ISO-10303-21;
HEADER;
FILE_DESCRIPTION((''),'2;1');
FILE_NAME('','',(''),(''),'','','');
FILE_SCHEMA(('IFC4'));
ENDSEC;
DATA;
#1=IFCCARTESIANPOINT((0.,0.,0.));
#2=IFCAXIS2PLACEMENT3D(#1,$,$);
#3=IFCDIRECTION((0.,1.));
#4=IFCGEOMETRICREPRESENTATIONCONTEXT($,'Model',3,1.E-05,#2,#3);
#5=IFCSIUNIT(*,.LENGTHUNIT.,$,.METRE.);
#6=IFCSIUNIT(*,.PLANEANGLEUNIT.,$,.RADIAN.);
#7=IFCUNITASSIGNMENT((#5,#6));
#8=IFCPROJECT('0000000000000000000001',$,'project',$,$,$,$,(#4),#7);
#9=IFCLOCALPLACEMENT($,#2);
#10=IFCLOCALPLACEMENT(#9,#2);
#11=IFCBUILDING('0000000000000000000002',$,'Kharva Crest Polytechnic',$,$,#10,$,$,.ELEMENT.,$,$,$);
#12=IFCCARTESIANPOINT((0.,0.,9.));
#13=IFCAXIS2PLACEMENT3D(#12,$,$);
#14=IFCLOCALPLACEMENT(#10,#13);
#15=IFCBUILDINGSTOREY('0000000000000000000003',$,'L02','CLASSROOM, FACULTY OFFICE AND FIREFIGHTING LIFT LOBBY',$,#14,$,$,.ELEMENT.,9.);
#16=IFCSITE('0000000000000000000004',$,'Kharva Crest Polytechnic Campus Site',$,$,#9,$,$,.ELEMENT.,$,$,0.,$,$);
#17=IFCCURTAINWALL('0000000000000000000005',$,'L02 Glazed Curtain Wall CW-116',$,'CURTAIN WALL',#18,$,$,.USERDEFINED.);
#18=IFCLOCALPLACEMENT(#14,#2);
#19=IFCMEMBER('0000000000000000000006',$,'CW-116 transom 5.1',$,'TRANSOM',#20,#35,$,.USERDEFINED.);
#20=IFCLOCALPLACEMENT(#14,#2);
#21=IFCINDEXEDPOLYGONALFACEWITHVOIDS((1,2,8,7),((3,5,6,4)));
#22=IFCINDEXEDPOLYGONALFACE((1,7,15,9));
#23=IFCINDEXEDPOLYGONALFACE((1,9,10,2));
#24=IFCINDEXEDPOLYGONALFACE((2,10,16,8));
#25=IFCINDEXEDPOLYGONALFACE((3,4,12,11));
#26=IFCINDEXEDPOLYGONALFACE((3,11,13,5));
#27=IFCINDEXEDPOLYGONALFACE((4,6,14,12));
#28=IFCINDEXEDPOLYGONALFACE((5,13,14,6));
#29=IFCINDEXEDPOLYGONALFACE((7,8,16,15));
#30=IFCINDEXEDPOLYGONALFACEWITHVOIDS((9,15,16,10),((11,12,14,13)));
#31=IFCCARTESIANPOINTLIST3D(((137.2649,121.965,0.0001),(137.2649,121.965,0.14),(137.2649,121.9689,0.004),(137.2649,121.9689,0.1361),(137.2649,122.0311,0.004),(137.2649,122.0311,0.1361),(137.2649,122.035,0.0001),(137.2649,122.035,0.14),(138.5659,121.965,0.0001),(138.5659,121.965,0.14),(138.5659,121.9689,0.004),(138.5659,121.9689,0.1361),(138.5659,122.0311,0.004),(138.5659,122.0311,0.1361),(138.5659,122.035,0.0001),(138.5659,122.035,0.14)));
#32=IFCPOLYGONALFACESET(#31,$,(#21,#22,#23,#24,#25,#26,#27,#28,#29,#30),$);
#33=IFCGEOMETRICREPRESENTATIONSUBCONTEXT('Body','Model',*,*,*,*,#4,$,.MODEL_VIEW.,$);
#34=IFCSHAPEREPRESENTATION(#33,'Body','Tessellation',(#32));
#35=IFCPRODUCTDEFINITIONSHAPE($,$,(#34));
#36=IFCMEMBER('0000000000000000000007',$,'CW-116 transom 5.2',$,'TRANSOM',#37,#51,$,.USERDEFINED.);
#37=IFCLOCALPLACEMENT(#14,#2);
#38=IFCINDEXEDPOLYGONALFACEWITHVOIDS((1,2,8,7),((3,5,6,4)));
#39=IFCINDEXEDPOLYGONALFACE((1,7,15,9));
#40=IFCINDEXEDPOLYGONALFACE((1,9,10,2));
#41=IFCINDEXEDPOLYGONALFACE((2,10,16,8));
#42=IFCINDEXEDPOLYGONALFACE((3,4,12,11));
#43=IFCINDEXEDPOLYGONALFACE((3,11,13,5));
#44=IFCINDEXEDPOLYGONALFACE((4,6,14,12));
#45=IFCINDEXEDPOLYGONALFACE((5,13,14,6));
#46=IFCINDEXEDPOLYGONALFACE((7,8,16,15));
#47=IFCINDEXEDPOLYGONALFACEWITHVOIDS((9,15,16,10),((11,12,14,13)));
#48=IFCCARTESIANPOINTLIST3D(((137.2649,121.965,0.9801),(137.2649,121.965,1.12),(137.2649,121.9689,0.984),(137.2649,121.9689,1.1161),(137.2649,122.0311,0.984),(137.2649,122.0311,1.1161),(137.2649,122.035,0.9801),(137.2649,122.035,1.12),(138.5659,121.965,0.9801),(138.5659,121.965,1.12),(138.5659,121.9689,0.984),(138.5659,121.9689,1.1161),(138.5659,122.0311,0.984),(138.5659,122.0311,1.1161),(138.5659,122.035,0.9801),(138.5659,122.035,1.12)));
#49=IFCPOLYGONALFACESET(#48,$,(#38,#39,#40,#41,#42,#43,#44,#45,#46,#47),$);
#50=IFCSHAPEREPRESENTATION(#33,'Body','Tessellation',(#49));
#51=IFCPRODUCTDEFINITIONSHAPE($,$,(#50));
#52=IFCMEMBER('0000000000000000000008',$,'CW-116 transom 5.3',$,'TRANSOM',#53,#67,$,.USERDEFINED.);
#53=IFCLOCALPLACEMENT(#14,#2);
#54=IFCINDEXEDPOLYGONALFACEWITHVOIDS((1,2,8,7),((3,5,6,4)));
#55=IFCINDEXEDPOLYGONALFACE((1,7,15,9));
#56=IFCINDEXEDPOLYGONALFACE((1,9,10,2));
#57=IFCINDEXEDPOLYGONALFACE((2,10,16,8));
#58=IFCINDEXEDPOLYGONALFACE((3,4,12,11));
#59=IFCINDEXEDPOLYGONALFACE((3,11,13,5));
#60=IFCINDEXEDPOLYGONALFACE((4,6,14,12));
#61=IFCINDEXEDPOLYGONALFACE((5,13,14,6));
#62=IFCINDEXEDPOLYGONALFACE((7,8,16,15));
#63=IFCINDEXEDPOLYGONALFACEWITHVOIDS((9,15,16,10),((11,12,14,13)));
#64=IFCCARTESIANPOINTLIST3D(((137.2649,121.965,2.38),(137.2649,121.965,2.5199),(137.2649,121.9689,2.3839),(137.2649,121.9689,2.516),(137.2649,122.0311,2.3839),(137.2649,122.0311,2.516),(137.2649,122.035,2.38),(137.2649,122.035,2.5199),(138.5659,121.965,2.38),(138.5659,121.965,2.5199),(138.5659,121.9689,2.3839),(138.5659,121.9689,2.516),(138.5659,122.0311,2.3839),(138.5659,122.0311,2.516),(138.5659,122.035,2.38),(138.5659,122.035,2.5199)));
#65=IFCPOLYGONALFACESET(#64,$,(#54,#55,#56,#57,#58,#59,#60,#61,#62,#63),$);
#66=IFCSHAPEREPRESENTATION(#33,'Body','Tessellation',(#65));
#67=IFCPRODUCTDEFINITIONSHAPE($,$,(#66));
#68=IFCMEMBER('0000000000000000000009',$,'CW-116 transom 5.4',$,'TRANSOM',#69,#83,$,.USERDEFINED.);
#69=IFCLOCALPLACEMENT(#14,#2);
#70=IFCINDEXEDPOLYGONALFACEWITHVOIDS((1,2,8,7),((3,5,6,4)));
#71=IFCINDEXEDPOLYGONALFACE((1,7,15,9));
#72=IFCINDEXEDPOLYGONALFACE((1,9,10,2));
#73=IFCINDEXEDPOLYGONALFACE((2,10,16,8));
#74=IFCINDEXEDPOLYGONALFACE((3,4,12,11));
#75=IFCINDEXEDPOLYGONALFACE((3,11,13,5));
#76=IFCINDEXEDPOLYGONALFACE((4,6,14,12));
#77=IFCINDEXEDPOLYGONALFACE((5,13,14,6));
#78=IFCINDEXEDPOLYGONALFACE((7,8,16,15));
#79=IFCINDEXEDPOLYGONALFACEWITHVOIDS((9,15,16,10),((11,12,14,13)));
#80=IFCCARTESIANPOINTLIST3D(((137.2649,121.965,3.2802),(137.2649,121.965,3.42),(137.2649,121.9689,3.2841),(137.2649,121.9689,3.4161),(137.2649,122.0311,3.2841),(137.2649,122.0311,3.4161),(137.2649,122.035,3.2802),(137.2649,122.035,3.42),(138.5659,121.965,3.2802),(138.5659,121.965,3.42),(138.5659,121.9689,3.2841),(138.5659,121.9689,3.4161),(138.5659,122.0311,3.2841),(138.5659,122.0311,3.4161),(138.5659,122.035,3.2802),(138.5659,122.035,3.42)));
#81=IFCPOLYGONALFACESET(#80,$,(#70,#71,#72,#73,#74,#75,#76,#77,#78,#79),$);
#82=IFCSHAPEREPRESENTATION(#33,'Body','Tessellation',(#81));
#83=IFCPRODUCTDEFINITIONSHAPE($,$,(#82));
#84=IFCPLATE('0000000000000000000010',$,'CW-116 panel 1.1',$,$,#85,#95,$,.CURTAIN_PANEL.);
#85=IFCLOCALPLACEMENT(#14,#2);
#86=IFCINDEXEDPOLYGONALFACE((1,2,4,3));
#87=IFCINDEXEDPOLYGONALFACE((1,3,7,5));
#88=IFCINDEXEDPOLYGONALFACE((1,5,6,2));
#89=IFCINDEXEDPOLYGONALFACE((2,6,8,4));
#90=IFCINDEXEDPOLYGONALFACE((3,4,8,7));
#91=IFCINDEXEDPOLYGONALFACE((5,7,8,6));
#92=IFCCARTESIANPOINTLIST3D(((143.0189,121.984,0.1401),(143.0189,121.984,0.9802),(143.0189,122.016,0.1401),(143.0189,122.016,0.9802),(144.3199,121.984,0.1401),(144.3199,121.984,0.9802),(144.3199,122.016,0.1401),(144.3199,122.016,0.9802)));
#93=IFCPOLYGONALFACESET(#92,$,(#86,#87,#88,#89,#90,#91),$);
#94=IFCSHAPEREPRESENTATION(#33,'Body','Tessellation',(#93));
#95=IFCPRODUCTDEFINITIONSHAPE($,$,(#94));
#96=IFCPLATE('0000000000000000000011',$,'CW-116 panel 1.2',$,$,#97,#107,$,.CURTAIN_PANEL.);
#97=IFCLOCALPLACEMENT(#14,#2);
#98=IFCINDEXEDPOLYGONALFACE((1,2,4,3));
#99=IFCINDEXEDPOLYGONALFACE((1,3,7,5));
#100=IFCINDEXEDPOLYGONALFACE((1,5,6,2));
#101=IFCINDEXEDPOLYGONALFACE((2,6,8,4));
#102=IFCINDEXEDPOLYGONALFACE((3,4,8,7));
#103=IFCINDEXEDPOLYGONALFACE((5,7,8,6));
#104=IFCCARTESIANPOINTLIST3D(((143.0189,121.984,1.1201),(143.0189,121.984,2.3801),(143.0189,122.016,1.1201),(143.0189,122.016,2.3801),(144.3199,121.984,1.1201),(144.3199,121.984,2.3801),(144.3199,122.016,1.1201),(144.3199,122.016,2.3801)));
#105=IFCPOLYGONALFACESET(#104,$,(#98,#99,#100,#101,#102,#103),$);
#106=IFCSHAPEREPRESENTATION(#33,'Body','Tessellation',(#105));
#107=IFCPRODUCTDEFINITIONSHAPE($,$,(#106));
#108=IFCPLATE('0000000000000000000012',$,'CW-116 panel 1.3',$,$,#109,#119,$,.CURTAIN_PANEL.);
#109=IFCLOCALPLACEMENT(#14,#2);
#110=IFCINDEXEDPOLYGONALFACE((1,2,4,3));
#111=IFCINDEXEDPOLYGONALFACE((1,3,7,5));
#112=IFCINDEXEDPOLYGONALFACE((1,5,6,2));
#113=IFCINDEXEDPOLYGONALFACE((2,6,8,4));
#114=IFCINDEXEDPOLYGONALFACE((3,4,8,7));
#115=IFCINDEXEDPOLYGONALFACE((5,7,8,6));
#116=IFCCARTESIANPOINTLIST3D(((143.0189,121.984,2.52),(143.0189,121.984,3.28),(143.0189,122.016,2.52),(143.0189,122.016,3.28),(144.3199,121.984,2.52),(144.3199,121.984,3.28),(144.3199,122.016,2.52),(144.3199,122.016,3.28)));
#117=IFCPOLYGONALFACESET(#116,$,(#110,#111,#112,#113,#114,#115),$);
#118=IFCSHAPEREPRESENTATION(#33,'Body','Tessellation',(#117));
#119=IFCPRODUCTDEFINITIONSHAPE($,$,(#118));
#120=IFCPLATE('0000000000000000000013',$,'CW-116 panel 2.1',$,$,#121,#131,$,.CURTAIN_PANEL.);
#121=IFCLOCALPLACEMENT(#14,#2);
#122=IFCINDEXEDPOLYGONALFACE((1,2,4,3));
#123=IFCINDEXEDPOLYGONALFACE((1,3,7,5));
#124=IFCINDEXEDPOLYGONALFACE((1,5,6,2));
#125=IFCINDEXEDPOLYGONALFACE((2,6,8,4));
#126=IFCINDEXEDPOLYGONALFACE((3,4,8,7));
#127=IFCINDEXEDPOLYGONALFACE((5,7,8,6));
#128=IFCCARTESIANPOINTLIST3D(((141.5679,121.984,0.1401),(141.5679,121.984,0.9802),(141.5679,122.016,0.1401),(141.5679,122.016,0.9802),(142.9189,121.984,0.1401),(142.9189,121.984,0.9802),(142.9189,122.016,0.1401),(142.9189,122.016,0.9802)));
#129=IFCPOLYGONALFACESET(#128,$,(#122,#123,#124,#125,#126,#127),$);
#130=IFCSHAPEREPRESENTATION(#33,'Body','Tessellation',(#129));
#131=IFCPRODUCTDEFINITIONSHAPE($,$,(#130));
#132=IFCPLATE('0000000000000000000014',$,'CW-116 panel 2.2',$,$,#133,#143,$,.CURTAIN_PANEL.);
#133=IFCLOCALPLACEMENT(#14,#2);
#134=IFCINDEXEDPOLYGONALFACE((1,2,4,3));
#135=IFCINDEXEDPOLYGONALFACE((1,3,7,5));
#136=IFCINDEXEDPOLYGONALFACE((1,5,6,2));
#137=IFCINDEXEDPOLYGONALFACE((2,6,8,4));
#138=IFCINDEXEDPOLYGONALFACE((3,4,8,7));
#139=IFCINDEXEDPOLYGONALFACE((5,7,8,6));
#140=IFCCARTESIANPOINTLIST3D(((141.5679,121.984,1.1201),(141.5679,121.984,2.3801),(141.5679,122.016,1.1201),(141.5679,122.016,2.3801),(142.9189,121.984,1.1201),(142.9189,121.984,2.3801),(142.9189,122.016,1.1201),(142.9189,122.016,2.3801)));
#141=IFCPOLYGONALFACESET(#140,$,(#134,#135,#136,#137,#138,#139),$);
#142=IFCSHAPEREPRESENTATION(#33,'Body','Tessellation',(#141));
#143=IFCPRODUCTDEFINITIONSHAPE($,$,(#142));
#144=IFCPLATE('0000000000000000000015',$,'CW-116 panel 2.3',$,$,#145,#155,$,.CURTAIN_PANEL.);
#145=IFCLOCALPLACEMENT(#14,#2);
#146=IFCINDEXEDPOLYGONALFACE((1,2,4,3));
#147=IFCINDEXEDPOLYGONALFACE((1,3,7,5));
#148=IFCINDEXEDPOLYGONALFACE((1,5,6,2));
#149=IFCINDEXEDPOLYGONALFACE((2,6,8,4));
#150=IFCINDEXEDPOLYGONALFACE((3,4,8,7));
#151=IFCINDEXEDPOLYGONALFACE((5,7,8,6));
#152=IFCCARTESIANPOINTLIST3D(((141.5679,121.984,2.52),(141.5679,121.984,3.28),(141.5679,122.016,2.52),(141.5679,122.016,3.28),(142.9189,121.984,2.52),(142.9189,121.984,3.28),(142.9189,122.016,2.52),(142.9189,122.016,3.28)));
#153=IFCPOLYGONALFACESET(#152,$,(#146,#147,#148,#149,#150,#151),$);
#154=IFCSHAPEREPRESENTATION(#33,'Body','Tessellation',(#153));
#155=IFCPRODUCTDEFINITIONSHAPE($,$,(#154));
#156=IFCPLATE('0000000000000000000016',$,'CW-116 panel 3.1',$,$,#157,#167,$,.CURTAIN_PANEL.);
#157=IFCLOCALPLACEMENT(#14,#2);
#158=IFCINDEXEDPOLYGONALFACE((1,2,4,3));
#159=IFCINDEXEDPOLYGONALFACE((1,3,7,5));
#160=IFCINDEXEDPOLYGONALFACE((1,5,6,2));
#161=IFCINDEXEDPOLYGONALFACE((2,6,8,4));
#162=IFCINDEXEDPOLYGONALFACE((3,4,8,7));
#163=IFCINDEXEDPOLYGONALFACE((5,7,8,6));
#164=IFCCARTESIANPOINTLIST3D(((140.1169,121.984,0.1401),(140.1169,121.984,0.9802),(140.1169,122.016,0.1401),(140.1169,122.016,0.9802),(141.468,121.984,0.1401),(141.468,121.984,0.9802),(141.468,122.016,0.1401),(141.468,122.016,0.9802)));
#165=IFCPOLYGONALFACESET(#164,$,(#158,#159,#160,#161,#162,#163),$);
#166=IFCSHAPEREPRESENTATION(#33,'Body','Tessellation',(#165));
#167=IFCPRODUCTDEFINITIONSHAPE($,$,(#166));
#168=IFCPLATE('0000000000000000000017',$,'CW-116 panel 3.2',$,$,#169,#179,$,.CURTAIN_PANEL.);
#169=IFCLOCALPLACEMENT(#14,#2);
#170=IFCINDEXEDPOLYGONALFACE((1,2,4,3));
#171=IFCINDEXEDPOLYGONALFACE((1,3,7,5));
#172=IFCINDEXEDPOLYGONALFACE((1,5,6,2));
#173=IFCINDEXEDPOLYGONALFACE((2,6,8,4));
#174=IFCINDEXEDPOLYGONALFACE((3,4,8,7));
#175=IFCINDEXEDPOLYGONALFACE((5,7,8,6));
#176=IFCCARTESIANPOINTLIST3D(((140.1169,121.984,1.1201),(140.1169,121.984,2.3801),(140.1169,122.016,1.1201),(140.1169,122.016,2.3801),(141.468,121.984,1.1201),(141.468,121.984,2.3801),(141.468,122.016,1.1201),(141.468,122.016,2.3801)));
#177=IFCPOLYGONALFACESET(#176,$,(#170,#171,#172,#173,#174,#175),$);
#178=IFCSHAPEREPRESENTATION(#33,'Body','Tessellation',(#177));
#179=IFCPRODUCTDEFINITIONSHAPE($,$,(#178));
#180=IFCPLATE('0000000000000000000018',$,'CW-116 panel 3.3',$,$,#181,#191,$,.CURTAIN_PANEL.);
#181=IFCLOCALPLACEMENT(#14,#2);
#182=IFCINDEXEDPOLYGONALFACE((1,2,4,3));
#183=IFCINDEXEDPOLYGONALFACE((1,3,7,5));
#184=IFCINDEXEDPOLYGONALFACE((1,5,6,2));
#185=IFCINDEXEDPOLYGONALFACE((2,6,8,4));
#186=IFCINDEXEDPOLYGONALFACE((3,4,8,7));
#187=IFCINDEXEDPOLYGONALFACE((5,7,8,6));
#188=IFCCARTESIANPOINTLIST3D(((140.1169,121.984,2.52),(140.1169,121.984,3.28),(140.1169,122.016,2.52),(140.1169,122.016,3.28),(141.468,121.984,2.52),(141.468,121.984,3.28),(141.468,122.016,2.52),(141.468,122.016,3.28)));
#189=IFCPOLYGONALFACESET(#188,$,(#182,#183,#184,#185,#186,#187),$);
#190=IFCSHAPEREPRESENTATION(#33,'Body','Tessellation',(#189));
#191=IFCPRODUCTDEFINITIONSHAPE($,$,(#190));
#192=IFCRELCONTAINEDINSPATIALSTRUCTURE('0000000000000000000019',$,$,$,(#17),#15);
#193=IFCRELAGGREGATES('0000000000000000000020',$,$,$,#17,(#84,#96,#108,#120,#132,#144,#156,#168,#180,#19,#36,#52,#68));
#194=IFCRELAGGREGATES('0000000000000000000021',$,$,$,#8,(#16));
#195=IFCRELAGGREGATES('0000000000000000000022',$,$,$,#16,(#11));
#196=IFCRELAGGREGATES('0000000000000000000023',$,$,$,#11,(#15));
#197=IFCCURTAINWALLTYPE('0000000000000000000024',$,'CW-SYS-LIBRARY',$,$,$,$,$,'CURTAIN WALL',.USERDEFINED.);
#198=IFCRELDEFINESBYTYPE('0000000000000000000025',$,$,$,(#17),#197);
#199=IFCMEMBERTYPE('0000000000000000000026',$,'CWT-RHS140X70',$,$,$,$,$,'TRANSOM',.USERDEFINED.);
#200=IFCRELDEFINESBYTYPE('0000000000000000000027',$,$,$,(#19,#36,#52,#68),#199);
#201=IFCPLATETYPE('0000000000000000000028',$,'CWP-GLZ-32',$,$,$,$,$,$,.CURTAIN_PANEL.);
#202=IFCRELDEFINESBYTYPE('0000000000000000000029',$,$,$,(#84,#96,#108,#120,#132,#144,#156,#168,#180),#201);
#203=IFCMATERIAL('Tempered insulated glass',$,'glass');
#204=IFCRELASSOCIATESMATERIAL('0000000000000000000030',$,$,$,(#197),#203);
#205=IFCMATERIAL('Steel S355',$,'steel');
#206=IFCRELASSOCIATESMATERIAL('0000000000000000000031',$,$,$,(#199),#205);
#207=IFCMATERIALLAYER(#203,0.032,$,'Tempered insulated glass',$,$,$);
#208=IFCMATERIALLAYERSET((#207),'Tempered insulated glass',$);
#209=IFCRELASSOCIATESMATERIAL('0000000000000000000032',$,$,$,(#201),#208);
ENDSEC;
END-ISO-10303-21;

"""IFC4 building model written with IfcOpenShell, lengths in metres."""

from ifc_helpers import new_model, si_unit, direction, frame, origin, origin_2d, place, context, subcontext, project, spatial, rectangle, hollow_rectangle, extrude, material, layer, layer_set, material_profile, profile_set, type_object, element, aggregate, save


model = new_model("IFC4")

# Units and contexts
model_context = context("Model", 3, precision=1e-05, world=origin(), true_north=direction((0.0, 1.0)))
body_context = subcontext(model_context, "Body", "Model", "MODEL_VIEW")
ifc_project = project(units=[si_unit("LENGTHUNIT", "METRE"), si_unit("PLANEANGLEUNIT", "RADIAN")], contexts=[model_context])

# Site, building, storey
site_placement = place(None, origin())
site = spatial("IfcSite", under=ifc_project, at=site_placement, Name="Kharva Crest Polytechnic Campus Site", CompositionType="ELEMENT", RefElevation=0.0)
building_placement = place(site_placement, origin())
building = spatial("IfcBuilding", under=site, at=building_placement, Name="Kharva Crest Polytechnic", CompositionType="ELEMENT")
storey_placement = place(building_placement, frame((0.0, 0.0, 9.0)))
storey = spatial("IfcBuildingStorey", under=building, at=storey_placement, Name="L02", Description="CLASSROOM, FACULTY OFFICE AND FIREFIGHTING LIFT LOBBY", CompositionType="ELEMENT", Elevation=9.0)

# Curtain wall, members, plates
ifc_material_1 = material(Name="Tempered insulated glass", Category="glass")
curtain_wall_type = type_object("IfcCurtainWallType", Name="CW-SYS-LIBRARY", ElementType="CURTAIN WALL", PredefinedType="USERDEFINED", material=ifc_material_1)
curtain_wall_placement = place(storey_placement, origin())
curtain_wall = element("IfcCurtainWall", 1, at=curtain_wall_placement, inside=storey, type_object=curtain_wall_type, Name="L02 Glazed Curtain Wall CW-116", ObjectType="CURTAIN WALL", PredefinedType="USERDEFINED")
ifc_material_2 = material(Name="Steel S355", Category="steel")
ifc_material_profile_1 = material_profile(ifc_material_2, hollow_rectangle(XDim=0.0701, YDim=0.1399, WallThickness=0.0039, at=origin_2d()), Name="RHS 140X70X4.0")
ifc_profile_set_1 = profile_set([ifc_material_profile_1], Name="Steel S355")
member_type_1 = type_object("IfcMemberType", Name="CWT-RHS140X70", ElementType="TRANSOM", PredefinedType="USERDEFINED", material=ifc_profile_set_1)
member_1_placement = place(storey_placement, frame((138.5659, 122.0, 0.0701), z_axis=(-1.0, 0.0, 0.0), x_axis=(0.0, -1.0, 0.0)))
member_1 = element("IfcMember", 2, at=member_1_placement, type_object=member_type_1, Name="CW-116 transom 5.1", ObjectType="TRANSOM", PredefinedType="USERDEFINED", context=body_context, shape_type="SweptSolid", body=[
    extrude(hollow_rectangle(XDim=0.0701, YDim=0.1399, WallThickness=0.0039, at=origin_2d()), origin(), (0.0, 0.0, 1.0), 1.301),
])
member_2_placement = place(storey_placement, frame((138.5659, 122.0, 1.05), z_axis=(-1.0, 0.0, 0.0), x_axis=(0.0, -1.0, 0.0)))
member_2 = element("IfcMember", 3, at=member_2_placement, type_object=member_type_1, Name="CW-116 transom 5.2", ObjectType="TRANSOM", PredefinedType="USERDEFINED", context=body_context, shape_type="SweptSolid", body=[
    extrude(hollow_rectangle(XDim=0.0701, YDim=0.1399, WallThickness=0.0039, at=origin_2d()), origin(), (0.0, 0.0, 1.0), 1.301),
])
member_3_placement = place(storey_placement, frame((138.5659, 122.0, 2.45), z_axis=(-1.0, 0.0, 0.0), x_axis=(0.0, -1.0, 0.0)))
member_3 = element("IfcMember", 4, at=member_3_placement, type_object=member_type_1, Name="CW-116 transom 5.3", ObjectType="TRANSOM", PredefinedType="USERDEFINED", context=body_context, shape_type="SweptSolid", body=[
    extrude(hollow_rectangle(XDim=0.0701, YDim=0.1399, WallThickness=0.0039, at=origin_2d()), origin(), (0.0, 0.0, 1.0), 1.301),
])
member_4_placement = place(storey_placement, frame((138.5659, 122.0, 3.3501), z_axis=(-1.0, 0.0, 0.0), x_axis=(0.0, -1.0, 0.0)))
member_4 = element("IfcMember", 5, at=member_4_placement, type_object=member_type_1, Name="CW-116 transom 5.4", ObjectType="TRANSOM", PredefinedType="USERDEFINED", context=body_context, shape_type="SweptSolid", body=[
    extrude(hollow_rectangle(XDim=0.0701, YDim=0.1399, WallThickness=0.0039, at=origin_2d()), origin(), (0.0, 0.0, 1.0), 1.301),
])
ifc_layer = layer(ifc_material_1, 0.032, Name="Tempered insulated glass")
ifc_layer_set = layer_set([ifc_layer], Name="Tempered insulated glass")
plate_type = type_object("IfcPlateType", Name="CWP-GLZ-32", PredefinedType="CURTAIN_PANEL", material=ifc_layer_set)
plate_1_placement = place(storey_placement, frame((143.6694, 122.0, 0.1401), z_axis=(0.0, 0.0, 1.0), x_axis=(-1.0, 0.0, 0.0)))
plate_1 = element("IfcPlate", 6, at=plate_1_placement, type_object=plate_type, Name="CW-116 panel 1.1", PredefinedType="CURTAIN_PANEL", context=body_context, shape_type="SweptSolid", body=[
    extrude(rectangle(XDim=1.301, YDim=0.032, at=origin_2d()), origin(), (0.0, 0.0, 1.0), 0.8401),
])
plate_2_placement = place(storey_placement, frame((143.6694, 122.0, 1.1201), z_axis=(0.0, 0.0, 1.0), x_axis=(-1.0, 0.0, 0.0)))
plate_2 = element("IfcPlate", 7, at=plate_2_placement, type_object=plate_type, Name="CW-116 panel 1.2", PredefinedType="CURTAIN_PANEL", context=body_context, shape_type="SweptSolid", body=[
    extrude(rectangle(XDim=1.301, YDim=0.032, at=origin_2d()), origin(), (0.0, 0.0, 1.0), 1.26),
])
plate_3_placement = place(storey_placement, frame((143.6694, 122.0, 2.52), z_axis=(0.0, 0.0, 1.0), x_axis=(-1.0, 0.0, 0.0)))
plate_3 = element("IfcPlate", 8, at=plate_3_placement, type_object=plate_type, Name="CW-116 panel 1.3", PredefinedType="CURTAIN_PANEL", context=body_context, shape_type="SweptSolid", body=[
    extrude(rectangle(XDim=1.301, YDim=0.032, at=origin_2d()), origin(), (0.0, 0.0, 1.0), 0.76),
])
plate_4_placement = place(storey_placement, frame((142.2434, 122.0, 0.1401), z_axis=(0.0, 0.0, 1.0), x_axis=(-1.0, 0.0, 0.0)))
plate_4 = element("IfcPlate", 9, at=plate_4_placement, type_object=plate_type, Name="CW-116 panel 2.1", PredefinedType="CURTAIN_PANEL", context=body_context, shape_type="SweptSolid", body=[
    extrude(rectangle(XDim=1.3511, YDim=0.032, at=origin_2d()), origin(), (0.0, 0.0, 1.0), 0.8401),
])
plate_5_placement = place(storey_placement, frame((142.2434, 122.0, 1.1201), z_axis=(0.0, 0.0, 1.0), x_axis=(-1.0, 0.0, 0.0)))
plate_5 = element("IfcPlate", 10, at=plate_5_placement, type_object=plate_type, Name="CW-116 panel 2.2", PredefinedType="CURTAIN_PANEL", context=body_context, shape_type="SweptSolid", body=[
    extrude(rectangle(XDim=1.3511, YDim=0.032, at=origin_2d()), origin(), (0.0, 0.0, 1.0), 1.26),
])
plate_6_placement = place(storey_placement, frame((142.2434, 122.0, 2.52), z_axis=(0.0, 0.0, 1.0), x_axis=(-1.0, 0.0, 0.0)))
plate_6 = element("IfcPlate", 11, at=plate_6_placement, type_object=plate_type, Name="CW-116 panel 2.3", PredefinedType="CURTAIN_PANEL", context=body_context, shape_type="SweptSolid", body=[
    extrude(rectangle(XDim=1.3511, YDim=0.032, at=origin_2d()), origin(), (0.0, 0.0, 1.0), 0.76),
])
plate_7_placement = place(storey_placement, frame((140.7925, 122.0, 0.1401), z_axis=(0.0, 0.0, 1.0), x_axis=(-1.0, 0.0, 0.0)))
plate_7 = element("IfcPlate", 12, at=plate_7_placement, type_object=plate_type, Name="CW-116 panel 3.1", PredefinedType="CURTAIN_PANEL", context=body_context, shape_type="SweptSolid", body=[
    extrude(rectangle(XDim=1.3511, YDim=0.032, at=origin_2d()), origin(), (0.0, 0.0, 1.0), 0.8401),
])
plate_8_placement = place(storey_placement, frame((140.7925, 122.0, 1.1201), z_axis=(0.0, 0.0, 1.0), x_axis=(-1.0, 0.0, 0.0)))
plate_8 = element("IfcPlate", 13, at=plate_8_placement, type_object=plate_type, Name="CW-116 panel 3.2", PredefinedType="CURTAIN_PANEL", context=body_context, shape_type="SweptSolid", body=[
    extrude(rectangle(XDim=1.3511, YDim=0.032, at=origin_2d()), origin(), (0.0, 0.0, 1.0), 1.26),
])
plate_9_placement = place(storey_placement, frame((140.7925, 122.0, 2.52), z_axis=(0.0, 0.0, 1.0), x_axis=(-1.0, 0.0, 0.0)))
plate_9 = element("IfcPlate", 14, at=plate_9_placement, type_object=plate_type, Name="CW-116 panel 3.3", PredefinedType="CURTAIN_PANEL", context=body_context, shape_type="SweptSolid", body=[
    extrude(rectangle(XDim=1.3511, YDim=0.032, at=origin_2d()), origin(), (0.0, 0.0, 1.0), 0.76),
])
aggregate(curtain_wall, [plate_1, plate_2, plate_3, plate_4, plate_5, plate_6, plate_7, plate_8, plate_9, member_1, member_2, member_3, member_4])

save(model, "model.ifc")
